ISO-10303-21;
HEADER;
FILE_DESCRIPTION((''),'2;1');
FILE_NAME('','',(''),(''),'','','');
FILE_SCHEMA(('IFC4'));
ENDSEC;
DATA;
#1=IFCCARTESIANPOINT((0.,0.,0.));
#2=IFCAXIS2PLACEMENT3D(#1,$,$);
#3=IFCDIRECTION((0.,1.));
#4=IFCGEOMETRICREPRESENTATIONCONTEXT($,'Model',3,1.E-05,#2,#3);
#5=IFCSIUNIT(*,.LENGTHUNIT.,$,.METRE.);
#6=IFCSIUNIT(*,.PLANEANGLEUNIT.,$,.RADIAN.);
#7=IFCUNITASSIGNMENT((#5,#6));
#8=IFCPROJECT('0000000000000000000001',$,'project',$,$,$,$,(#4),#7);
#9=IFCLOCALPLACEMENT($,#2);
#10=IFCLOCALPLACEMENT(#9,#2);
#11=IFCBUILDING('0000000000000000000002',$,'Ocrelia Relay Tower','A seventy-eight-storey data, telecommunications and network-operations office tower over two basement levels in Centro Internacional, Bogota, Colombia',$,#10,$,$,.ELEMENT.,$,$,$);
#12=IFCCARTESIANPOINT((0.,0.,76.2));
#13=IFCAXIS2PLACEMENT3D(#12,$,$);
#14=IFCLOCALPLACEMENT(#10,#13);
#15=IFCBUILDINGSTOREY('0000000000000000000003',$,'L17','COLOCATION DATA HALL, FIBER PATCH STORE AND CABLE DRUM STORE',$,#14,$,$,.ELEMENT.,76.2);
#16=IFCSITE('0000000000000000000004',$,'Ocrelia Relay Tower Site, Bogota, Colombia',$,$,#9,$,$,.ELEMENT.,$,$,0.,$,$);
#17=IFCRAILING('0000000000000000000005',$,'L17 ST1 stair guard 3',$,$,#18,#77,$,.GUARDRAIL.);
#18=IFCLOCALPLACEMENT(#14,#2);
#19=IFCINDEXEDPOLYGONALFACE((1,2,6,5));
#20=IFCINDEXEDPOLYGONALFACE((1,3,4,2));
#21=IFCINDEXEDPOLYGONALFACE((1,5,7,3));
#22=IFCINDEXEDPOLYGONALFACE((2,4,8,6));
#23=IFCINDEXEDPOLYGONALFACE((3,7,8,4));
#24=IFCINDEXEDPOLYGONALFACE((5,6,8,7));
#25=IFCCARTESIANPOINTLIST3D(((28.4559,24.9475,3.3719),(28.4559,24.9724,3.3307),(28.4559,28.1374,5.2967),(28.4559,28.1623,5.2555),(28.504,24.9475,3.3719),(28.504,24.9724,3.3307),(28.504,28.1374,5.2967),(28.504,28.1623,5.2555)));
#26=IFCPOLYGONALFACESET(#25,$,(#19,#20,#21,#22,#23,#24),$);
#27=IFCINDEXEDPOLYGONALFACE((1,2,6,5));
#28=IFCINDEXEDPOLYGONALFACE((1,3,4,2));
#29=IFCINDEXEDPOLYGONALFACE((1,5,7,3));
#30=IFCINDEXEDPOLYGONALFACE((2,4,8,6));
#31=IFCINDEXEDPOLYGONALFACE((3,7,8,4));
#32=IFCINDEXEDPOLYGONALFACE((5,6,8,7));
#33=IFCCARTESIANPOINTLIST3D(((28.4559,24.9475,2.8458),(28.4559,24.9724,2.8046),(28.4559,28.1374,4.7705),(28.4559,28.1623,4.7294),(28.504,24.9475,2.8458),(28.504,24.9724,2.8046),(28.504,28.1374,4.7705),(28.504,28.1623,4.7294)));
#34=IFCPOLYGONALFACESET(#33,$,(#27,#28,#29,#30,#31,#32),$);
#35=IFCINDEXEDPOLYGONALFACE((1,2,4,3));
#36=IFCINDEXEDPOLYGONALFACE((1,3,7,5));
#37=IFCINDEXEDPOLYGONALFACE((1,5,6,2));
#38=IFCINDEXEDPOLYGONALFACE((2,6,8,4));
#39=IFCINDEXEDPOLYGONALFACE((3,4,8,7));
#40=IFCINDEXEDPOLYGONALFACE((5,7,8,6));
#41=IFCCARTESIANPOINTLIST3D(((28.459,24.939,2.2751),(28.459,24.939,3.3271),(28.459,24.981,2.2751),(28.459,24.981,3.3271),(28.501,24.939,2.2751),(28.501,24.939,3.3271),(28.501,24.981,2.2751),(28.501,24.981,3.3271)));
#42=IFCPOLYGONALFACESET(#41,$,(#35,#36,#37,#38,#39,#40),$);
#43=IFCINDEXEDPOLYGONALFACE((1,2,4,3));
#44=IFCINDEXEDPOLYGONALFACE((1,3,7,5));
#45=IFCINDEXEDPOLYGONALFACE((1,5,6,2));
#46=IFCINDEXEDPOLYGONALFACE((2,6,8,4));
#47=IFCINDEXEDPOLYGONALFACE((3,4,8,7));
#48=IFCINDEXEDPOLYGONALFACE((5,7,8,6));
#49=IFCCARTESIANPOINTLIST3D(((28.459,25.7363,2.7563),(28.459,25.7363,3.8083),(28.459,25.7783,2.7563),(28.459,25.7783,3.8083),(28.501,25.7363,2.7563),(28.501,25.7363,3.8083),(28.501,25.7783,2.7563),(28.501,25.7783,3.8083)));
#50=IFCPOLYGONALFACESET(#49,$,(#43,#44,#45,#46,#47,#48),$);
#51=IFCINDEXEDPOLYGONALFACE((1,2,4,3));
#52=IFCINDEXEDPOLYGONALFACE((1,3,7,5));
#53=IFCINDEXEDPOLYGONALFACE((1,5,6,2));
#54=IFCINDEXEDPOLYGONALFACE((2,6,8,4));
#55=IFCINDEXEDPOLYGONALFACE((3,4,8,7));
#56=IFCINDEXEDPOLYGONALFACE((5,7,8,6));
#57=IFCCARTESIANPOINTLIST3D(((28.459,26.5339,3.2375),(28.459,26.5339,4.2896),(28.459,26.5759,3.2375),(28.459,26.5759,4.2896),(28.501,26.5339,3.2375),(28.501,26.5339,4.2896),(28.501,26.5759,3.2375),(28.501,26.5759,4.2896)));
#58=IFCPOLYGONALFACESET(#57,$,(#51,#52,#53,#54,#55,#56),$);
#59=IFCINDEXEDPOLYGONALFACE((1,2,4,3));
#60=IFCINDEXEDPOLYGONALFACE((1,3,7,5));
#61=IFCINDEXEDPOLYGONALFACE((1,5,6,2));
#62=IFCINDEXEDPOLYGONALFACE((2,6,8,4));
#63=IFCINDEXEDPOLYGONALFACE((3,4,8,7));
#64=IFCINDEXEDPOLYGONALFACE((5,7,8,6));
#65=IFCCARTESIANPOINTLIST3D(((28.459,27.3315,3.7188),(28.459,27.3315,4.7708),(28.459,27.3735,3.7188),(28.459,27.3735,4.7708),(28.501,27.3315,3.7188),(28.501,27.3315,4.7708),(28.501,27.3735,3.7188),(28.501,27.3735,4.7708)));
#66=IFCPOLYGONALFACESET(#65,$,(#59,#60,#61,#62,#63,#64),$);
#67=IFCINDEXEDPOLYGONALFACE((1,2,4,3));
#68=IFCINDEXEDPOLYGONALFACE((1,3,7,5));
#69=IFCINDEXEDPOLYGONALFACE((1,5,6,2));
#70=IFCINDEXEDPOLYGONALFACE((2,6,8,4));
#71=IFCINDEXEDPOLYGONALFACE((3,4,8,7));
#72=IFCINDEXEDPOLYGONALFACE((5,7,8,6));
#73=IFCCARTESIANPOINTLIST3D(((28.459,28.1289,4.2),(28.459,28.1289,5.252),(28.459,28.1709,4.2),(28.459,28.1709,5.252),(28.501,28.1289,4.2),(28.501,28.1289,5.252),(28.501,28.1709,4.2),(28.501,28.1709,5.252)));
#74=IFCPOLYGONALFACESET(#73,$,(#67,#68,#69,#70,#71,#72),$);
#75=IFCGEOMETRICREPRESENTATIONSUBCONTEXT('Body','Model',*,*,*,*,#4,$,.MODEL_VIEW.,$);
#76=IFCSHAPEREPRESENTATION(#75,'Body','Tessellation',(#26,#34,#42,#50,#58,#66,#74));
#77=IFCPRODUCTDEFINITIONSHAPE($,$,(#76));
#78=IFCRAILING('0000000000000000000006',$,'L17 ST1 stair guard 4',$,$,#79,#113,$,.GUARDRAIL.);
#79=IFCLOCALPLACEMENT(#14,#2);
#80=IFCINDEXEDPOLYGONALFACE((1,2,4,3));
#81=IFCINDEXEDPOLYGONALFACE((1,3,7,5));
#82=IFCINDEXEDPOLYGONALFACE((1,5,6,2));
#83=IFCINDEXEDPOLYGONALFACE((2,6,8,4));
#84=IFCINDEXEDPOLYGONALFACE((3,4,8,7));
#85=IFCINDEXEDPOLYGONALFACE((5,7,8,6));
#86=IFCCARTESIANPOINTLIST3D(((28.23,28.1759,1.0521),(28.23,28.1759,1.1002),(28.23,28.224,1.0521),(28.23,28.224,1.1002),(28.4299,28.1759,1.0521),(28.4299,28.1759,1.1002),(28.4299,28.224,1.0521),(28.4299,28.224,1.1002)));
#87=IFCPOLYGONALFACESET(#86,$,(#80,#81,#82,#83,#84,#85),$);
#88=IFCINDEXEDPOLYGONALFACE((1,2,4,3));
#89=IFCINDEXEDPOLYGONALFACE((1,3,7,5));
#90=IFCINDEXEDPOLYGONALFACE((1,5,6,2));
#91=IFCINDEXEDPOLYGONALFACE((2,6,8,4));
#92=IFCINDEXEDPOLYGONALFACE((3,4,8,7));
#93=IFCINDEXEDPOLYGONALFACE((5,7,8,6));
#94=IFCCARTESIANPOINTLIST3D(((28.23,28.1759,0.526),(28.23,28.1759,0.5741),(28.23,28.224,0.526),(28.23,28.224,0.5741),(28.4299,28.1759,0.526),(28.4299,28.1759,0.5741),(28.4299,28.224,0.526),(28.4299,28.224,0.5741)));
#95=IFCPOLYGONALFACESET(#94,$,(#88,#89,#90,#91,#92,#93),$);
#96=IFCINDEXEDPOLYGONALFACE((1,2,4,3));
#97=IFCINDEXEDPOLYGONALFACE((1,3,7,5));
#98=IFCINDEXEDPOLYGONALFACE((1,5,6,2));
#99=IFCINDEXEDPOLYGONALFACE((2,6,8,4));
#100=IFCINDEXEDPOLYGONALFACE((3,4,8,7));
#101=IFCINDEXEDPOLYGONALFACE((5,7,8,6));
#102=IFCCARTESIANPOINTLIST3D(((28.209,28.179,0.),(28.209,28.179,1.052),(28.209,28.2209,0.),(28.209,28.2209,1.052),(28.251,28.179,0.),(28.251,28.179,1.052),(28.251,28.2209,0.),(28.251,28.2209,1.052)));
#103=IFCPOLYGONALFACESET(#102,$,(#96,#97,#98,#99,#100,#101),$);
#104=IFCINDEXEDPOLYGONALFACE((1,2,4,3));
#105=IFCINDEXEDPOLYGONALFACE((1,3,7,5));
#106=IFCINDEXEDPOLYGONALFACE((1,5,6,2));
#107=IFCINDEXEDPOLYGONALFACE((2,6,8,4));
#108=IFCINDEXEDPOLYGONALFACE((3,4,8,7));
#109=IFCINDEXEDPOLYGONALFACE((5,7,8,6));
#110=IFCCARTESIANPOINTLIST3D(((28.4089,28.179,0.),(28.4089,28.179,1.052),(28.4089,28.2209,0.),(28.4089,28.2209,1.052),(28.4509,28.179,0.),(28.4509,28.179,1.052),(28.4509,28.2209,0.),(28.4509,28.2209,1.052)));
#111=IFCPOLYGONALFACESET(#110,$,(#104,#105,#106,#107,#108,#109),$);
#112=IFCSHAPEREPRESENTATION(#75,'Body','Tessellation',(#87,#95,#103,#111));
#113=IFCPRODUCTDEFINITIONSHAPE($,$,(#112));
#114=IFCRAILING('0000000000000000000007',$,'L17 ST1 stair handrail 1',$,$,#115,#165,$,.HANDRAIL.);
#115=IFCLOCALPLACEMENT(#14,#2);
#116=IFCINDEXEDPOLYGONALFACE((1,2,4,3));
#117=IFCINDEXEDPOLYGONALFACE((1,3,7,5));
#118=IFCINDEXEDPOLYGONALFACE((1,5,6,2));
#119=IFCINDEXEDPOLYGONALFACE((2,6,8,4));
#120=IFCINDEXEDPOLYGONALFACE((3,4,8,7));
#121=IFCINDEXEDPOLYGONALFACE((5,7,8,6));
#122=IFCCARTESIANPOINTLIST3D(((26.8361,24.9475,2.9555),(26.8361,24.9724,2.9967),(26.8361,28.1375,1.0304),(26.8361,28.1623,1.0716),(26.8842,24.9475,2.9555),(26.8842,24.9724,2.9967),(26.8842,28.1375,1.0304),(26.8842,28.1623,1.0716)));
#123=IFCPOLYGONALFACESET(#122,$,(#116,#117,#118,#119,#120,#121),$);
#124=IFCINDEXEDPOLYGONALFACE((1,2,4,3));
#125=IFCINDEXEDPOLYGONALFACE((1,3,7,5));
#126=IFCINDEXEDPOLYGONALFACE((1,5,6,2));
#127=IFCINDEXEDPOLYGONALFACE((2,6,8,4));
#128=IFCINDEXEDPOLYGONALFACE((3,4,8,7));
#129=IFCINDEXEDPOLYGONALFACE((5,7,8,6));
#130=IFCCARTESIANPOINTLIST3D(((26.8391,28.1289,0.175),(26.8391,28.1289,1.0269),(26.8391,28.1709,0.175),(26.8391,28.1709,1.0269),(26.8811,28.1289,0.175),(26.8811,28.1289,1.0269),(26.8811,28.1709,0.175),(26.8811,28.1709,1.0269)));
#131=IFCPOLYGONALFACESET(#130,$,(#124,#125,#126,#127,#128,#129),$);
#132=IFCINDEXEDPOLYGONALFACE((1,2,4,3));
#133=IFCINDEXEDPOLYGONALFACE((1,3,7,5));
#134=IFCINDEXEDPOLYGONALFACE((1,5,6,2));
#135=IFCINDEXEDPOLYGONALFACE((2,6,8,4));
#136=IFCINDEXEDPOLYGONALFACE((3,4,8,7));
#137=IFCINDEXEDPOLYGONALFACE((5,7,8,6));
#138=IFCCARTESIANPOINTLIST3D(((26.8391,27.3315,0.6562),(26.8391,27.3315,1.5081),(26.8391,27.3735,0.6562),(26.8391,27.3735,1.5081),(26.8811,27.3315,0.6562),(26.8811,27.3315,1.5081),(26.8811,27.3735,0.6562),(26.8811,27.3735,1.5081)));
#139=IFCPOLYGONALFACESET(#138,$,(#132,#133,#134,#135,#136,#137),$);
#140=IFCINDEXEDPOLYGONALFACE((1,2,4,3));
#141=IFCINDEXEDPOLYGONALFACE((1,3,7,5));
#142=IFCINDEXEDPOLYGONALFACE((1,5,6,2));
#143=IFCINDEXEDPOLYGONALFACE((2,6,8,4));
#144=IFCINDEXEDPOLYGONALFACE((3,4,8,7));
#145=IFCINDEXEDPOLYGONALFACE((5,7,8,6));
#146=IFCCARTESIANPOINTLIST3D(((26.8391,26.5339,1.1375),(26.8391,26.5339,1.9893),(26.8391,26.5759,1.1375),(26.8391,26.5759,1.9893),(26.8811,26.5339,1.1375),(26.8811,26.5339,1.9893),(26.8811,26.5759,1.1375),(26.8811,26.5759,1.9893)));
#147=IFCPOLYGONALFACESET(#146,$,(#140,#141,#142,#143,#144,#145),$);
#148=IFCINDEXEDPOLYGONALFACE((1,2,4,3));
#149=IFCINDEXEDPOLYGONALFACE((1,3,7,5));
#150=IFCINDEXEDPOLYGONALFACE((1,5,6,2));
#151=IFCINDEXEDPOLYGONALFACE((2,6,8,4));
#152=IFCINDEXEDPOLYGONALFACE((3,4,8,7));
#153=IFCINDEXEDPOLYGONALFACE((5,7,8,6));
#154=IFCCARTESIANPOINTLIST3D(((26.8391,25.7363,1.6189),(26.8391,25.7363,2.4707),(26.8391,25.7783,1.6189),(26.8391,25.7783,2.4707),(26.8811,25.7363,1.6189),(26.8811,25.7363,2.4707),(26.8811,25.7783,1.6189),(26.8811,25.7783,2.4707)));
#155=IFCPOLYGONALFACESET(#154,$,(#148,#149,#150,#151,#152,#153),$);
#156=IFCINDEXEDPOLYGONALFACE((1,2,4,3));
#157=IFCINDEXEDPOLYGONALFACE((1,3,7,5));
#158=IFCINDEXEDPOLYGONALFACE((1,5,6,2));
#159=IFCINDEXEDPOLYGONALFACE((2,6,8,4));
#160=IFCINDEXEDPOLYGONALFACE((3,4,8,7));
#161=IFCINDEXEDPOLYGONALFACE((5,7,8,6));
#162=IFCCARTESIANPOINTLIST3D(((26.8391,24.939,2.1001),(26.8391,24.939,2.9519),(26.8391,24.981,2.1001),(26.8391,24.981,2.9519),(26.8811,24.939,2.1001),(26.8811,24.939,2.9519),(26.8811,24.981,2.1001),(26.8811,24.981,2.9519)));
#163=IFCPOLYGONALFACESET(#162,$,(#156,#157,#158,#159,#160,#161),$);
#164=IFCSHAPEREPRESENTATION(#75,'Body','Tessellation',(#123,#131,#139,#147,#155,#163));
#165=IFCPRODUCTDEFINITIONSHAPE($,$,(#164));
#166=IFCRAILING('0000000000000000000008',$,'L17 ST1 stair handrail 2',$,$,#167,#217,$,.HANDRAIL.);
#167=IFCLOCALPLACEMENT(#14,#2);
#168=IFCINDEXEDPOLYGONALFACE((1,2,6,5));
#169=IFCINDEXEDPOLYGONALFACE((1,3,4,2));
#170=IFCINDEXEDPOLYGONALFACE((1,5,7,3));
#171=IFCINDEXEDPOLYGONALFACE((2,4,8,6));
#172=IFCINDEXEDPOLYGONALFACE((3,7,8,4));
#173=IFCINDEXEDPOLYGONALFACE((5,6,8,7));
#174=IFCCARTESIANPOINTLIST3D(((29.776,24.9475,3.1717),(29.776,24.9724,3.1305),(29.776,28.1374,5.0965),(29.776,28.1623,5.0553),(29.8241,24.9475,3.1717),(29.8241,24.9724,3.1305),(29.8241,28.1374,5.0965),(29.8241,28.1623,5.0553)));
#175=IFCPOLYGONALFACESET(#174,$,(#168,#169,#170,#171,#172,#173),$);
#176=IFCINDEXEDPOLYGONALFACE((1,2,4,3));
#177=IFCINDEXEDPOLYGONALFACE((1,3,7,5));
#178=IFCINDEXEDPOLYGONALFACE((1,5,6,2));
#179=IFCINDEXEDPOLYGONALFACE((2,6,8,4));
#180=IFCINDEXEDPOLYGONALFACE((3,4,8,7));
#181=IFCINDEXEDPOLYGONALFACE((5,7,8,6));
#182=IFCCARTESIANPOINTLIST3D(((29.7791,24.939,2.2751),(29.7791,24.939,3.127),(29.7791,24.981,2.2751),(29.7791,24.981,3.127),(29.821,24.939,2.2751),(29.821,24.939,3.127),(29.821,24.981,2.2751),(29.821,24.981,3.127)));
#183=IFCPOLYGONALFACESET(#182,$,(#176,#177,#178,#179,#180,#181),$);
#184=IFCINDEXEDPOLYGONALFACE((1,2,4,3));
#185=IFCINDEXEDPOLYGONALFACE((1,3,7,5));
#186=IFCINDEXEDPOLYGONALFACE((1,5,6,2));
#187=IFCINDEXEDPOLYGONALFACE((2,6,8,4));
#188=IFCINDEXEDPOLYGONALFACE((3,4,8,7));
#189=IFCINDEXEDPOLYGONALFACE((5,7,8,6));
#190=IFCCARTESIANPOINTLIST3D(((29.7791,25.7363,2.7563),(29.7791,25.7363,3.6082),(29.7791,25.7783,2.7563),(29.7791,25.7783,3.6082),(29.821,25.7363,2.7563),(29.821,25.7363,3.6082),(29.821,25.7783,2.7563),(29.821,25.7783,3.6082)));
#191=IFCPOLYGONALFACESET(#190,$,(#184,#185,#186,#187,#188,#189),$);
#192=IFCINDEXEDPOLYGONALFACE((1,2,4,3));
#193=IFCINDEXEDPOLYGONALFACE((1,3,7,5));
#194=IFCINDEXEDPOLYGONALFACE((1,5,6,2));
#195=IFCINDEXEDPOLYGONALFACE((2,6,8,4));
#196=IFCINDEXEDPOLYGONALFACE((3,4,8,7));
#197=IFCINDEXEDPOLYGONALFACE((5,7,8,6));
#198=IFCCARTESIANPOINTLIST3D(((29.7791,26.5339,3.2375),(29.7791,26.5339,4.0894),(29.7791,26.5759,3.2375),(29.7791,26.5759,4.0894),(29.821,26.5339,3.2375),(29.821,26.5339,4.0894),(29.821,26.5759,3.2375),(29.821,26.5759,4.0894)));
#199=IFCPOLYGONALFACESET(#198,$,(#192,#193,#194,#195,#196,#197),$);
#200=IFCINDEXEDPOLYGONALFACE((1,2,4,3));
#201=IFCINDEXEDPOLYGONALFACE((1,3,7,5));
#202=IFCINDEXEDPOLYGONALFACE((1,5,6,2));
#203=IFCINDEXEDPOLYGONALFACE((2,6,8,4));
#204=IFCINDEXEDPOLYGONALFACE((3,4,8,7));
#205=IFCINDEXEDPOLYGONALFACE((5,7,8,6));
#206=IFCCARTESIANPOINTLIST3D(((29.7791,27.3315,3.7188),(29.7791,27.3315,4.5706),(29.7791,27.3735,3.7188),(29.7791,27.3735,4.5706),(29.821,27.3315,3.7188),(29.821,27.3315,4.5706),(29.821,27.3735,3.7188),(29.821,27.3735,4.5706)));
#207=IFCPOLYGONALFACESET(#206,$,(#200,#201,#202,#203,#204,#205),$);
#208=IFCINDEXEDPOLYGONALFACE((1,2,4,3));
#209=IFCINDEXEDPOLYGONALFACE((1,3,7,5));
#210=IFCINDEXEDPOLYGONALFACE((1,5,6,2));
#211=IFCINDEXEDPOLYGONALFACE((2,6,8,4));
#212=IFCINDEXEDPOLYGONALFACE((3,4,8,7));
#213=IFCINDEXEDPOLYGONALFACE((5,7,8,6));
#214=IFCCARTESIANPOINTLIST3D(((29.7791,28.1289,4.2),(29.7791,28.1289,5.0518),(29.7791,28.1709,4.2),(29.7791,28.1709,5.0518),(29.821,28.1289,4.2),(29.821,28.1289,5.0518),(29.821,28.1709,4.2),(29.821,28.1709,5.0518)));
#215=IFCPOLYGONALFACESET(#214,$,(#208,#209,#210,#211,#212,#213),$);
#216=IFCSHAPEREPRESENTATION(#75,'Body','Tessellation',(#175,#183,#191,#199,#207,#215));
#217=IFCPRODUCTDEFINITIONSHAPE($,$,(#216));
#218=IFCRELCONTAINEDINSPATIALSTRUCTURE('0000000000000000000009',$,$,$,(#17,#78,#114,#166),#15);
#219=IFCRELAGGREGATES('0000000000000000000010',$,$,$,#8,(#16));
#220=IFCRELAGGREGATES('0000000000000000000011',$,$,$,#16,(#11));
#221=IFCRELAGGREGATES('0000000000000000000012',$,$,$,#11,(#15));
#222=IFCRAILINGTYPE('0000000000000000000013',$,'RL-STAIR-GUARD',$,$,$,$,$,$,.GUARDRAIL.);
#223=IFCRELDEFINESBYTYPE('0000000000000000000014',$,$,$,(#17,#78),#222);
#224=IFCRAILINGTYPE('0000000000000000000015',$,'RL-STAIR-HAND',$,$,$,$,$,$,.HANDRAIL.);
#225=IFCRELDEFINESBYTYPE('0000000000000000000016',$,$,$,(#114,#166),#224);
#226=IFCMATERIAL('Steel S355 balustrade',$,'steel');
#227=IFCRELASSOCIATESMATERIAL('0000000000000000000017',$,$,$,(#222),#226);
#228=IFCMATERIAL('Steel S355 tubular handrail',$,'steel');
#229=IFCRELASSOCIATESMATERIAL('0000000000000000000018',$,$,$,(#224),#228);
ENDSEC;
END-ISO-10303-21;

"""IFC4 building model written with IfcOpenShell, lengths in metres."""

from ifc_helpers import new_model, si_unit, direction, frame, origin, origin_2d, place, context, subcontext, project, spatial, rectangle, extrude, material, type_object, element, save


model = new_model("IFC4")

# Units and contexts
model_context = context("Model", 3, precision=1e-05, world=origin(), true_north=direction((0.0, 1.0)))
body_context = subcontext(model_context, "Body", "Model", "MODEL_VIEW")
ifc_project = project(units=[si_unit("LENGTHUNIT", "METRE"), si_unit("PLANEANGLEUNIT", "RADIAN")], contexts=[model_context])

# Site, building, storey
site_placement = place(None, origin())
site = spatial("IfcSite", under=ifc_project, at=site_placement, Name="Ocrelia Relay Tower Site, Bogota, Colombia", CompositionType="ELEMENT", RefElevation=0.0)
building_placement = place(site_placement, origin())
building = spatial("IfcBuilding", under=site, at=building_placement, Name="Ocrelia Relay Tower", Description="A seventy-eight-storey data, telecommunications and network-operations office tower over two basement levels in Centro Internacional, Bogota, Colombia", CompositionType="ELEMENT")
storey_placement = place(building_placement, frame((0.0, 0.0, 76.2)))
storey = spatial("IfcBuildingStorey", under=building, at=storey_placement, Name="L17", Description="COLOCATION DATA HALL, FIBER PATCH STORE AND CABLE DRUM STORE", CompositionType="ELEMENT", Elevation=76.2)

# Railings
ifc_material_1 = material(Name="Steel S355 balustrade", Category="steel")
railing_type_1 = type_object("IfcRailingType", Name="RL-STAIR-GUARD", PredefinedType="GUARDRAIL", material=ifc_material_1)
railing_1_placement = place(storey_placement, frame((28.48, 24.96, 2.2751)))
element("IfcRailing", 1, at=railing_1_placement, inside=storey, type_object=railing_type_1, Name="L17 ST1 stair guard 3", PredefinedType="GUARDRAIL", context=body_context, shape_type="SweptSolid", body=[
    extrude(rectangle(XDim=0.0481, YDim=0.0481, at=origin_2d()), frame((0.0, 0.0, 1.0762), z_axis=(0.0, 0.856207, 0.516633), x_axis=(-1.0, 0.0, 0.0)), (0.0, 0.0, 1.0), 3.7256),
    extrude(rectangle(XDim=0.0481, YDim=0.0481, at=origin_2d()), frame((0.0, 0.0, 0.55), z_axis=(0.0, 0.856207, 0.516633), x_axis=(-1.0, 0.0, 0.0)), (0.0, 0.0, 1.0), 3.7256),
    extrude(rectangle(XDim=0.042, YDim=0.042, at=origin_2d()), origin(), (0.0, 0.0, 1.0), 1.052),
    extrude(rectangle(XDim=0.042, YDim=0.042, at=origin_2d()), frame((0.0, 0.7974, 0.4812)), (0.0, 0.0, 1.0), 1.052),
    extrude(rectangle(XDim=0.042, YDim=0.042, at=origin_2d()), frame((0.0, 1.595, 0.9624)), (0.0, 0.0, 1.0), 1.052),
    extrude(rectangle(XDim=0.042, YDim=0.042, at=origin_2d()), frame((0.0, 2.3926, 1.4436)), (0.0, 0.0, 1.0), 1.052),
    extrude(rectangle(XDim=0.042, YDim=0.042, at=origin_2d()), frame((0.0, 3.1899, 1.9248)), (0.0, 0.0, 1.0), 1.052),
])
railing_2_placement = place(storey_placement, frame((28.23, 28.2, 0.0)))
element("IfcRailing", 2, at=railing_2_placement, inside=storey, type_object=railing_type_1, Name="L17 ST1 stair guard 4", PredefinedType="GUARDRAIL", context=body_context, shape_type="SweptSolid", body=[
    extrude(rectangle(XDim=0.0481, YDim=0.0481, at=origin_2d()), frame((0.0, 0.0, 1.0762), z_axis=(1.0, 0.0, 0.0), x_axis=(0.0, 1.0, 0.0)), (0.0, 0.0, 1.0), 0.2),
    extrude(rectangle(XDim=0.0481, YDim=0.0481, at=origin_2d()), frame((0.0, 0.0, 0.55), z_axis=(1.0, 0.0, 0.0), x_axis=(0.0, 1.0, 0.0)), (0.0, 0.0, 1.0), 0.2),
    extrude(rectangle(XDim=0.042, YDim=0.042, at=origin_2d()), origin(), (0.0, 0.0, 1.0), 1.052),
    extrude(rectangle(XDim=0.042, YDim=0.042, at=origin_2d()), frame((0.2, 0.0, 0.0)), (0.0, 0.0, 1.0), 1.052),
])
ifc_material_2 = material(Name="Steel S355 tubular handrail", Category="steel")
railing_type_2 = type_object("IfcRailingType", Name="RL-STAIR-HAND", PredefinedType="HANDRAIL", material=ifc_material_2)
railing_3_placement = place(storey_placement, frame((26.8601, 28.1499, 0.175)))
element("IfcRailing", 3, at=railing_3_placement, inside=storey, type_object=railing_type_2, Name="L17 ST1 stair handrail 1", PredefinedType="HANDRAIL", context=body_context, shape_type="SweptSolid", body=[
    extrude(rectangle(XDim=0.0481, YDim=0.0481, at=origin_2d()), frame((0.0, 0.0, 0.876), z_axis=(0.0, -0.856178, 0.516682), x_axis=(1.0, 0.0, 0.0)), (0.0, 0.0, 1.0), 3.7258),
    extrude(rectangle(XDim=0.042, YDim=0.042, at=origin_2d()), origin(), (0.0, 0.0, 1.0), 0.8518),
    extrude(rectangle(XDim=0.042, YDim=0.042, at=origin_2d()), frame((0.0, -0.7974, 0.4812)), (0.0, 0.0, 1.0), 0.8518),
    extrude(rectangle(XDim=0.042, YDim=0.042, at=origin_2d()), frame((0.0, -1.595, 0.9624)), (0.0, 0.0, 1.0), 0.8518),
    extrude(rectangle(XDim=0.042, YDim=0.042, at=origin_2d()), frame((0.0, -2.3926, 1.4438)), (0.0, 0.0, 1.0), 0.8518),
    extrude(rectangle(XDim=0.042, YDim=0.042, at=origin_2d()), frame((0.0, -3.1899, 1.925)), (0.0, 0.0, 1.0), 0.8518),
])
railing_4_placement = place(storey_placement, frame((29.8, 24.96, 2.2751)))
element("IfcRailing", 4, at=railing_4_placement, inside=storey, type_object=railing_type_2, Name="L17 ST1 stair handrail 2", PredefinedType="HANDRAIL", context=body_context, shape_type="SweptSolid", body=[
    extrude(rectangle(XDim=0.0481, YDim=0.0481, at=origin_2d()), frame((0.0, 0.0, 0.876), z_axis=(0.0, 0.856207, 0.516633), x_axis=(-1.0, 0.0, 0.0)), (0.0, 0.0, 1.0), 3.7256),
    extrude(rectangle(XDim=0.042, YDim=0.042, at=origin_2d()), origin(), (0.0, 0.0, 1.0), 0.8518),
    extrude(rectangle(XDim=0.042, YDim=0.042, at=origin_2d()), frame((0.0, 0.7974, 0.4812)), (0.0, 0.0, 1.0), 0.8518),
    extrude(rectangle(XDim=0.042, YDim=0.042, at=origin_2d()), frame((0.0, 1.595, 0.9624)), (0.0, 0.0, 1.0), 0.8518),
    extrude(rectangle(XDim=0.042, YDim=0.042, at=origin_2d()), frame((0.0, 2.3926, 1.4436)), (0.0, 0.0, 1.0), 0.8518),
    extrude(rectangle(XDim=0.042, YDim=0.042, at=origin_2d()), frame((0.0, 3.1899, 1.9248)), (0.0, 0.0, 1.0), 0.8518),
])

save(model, "model.ifc")
